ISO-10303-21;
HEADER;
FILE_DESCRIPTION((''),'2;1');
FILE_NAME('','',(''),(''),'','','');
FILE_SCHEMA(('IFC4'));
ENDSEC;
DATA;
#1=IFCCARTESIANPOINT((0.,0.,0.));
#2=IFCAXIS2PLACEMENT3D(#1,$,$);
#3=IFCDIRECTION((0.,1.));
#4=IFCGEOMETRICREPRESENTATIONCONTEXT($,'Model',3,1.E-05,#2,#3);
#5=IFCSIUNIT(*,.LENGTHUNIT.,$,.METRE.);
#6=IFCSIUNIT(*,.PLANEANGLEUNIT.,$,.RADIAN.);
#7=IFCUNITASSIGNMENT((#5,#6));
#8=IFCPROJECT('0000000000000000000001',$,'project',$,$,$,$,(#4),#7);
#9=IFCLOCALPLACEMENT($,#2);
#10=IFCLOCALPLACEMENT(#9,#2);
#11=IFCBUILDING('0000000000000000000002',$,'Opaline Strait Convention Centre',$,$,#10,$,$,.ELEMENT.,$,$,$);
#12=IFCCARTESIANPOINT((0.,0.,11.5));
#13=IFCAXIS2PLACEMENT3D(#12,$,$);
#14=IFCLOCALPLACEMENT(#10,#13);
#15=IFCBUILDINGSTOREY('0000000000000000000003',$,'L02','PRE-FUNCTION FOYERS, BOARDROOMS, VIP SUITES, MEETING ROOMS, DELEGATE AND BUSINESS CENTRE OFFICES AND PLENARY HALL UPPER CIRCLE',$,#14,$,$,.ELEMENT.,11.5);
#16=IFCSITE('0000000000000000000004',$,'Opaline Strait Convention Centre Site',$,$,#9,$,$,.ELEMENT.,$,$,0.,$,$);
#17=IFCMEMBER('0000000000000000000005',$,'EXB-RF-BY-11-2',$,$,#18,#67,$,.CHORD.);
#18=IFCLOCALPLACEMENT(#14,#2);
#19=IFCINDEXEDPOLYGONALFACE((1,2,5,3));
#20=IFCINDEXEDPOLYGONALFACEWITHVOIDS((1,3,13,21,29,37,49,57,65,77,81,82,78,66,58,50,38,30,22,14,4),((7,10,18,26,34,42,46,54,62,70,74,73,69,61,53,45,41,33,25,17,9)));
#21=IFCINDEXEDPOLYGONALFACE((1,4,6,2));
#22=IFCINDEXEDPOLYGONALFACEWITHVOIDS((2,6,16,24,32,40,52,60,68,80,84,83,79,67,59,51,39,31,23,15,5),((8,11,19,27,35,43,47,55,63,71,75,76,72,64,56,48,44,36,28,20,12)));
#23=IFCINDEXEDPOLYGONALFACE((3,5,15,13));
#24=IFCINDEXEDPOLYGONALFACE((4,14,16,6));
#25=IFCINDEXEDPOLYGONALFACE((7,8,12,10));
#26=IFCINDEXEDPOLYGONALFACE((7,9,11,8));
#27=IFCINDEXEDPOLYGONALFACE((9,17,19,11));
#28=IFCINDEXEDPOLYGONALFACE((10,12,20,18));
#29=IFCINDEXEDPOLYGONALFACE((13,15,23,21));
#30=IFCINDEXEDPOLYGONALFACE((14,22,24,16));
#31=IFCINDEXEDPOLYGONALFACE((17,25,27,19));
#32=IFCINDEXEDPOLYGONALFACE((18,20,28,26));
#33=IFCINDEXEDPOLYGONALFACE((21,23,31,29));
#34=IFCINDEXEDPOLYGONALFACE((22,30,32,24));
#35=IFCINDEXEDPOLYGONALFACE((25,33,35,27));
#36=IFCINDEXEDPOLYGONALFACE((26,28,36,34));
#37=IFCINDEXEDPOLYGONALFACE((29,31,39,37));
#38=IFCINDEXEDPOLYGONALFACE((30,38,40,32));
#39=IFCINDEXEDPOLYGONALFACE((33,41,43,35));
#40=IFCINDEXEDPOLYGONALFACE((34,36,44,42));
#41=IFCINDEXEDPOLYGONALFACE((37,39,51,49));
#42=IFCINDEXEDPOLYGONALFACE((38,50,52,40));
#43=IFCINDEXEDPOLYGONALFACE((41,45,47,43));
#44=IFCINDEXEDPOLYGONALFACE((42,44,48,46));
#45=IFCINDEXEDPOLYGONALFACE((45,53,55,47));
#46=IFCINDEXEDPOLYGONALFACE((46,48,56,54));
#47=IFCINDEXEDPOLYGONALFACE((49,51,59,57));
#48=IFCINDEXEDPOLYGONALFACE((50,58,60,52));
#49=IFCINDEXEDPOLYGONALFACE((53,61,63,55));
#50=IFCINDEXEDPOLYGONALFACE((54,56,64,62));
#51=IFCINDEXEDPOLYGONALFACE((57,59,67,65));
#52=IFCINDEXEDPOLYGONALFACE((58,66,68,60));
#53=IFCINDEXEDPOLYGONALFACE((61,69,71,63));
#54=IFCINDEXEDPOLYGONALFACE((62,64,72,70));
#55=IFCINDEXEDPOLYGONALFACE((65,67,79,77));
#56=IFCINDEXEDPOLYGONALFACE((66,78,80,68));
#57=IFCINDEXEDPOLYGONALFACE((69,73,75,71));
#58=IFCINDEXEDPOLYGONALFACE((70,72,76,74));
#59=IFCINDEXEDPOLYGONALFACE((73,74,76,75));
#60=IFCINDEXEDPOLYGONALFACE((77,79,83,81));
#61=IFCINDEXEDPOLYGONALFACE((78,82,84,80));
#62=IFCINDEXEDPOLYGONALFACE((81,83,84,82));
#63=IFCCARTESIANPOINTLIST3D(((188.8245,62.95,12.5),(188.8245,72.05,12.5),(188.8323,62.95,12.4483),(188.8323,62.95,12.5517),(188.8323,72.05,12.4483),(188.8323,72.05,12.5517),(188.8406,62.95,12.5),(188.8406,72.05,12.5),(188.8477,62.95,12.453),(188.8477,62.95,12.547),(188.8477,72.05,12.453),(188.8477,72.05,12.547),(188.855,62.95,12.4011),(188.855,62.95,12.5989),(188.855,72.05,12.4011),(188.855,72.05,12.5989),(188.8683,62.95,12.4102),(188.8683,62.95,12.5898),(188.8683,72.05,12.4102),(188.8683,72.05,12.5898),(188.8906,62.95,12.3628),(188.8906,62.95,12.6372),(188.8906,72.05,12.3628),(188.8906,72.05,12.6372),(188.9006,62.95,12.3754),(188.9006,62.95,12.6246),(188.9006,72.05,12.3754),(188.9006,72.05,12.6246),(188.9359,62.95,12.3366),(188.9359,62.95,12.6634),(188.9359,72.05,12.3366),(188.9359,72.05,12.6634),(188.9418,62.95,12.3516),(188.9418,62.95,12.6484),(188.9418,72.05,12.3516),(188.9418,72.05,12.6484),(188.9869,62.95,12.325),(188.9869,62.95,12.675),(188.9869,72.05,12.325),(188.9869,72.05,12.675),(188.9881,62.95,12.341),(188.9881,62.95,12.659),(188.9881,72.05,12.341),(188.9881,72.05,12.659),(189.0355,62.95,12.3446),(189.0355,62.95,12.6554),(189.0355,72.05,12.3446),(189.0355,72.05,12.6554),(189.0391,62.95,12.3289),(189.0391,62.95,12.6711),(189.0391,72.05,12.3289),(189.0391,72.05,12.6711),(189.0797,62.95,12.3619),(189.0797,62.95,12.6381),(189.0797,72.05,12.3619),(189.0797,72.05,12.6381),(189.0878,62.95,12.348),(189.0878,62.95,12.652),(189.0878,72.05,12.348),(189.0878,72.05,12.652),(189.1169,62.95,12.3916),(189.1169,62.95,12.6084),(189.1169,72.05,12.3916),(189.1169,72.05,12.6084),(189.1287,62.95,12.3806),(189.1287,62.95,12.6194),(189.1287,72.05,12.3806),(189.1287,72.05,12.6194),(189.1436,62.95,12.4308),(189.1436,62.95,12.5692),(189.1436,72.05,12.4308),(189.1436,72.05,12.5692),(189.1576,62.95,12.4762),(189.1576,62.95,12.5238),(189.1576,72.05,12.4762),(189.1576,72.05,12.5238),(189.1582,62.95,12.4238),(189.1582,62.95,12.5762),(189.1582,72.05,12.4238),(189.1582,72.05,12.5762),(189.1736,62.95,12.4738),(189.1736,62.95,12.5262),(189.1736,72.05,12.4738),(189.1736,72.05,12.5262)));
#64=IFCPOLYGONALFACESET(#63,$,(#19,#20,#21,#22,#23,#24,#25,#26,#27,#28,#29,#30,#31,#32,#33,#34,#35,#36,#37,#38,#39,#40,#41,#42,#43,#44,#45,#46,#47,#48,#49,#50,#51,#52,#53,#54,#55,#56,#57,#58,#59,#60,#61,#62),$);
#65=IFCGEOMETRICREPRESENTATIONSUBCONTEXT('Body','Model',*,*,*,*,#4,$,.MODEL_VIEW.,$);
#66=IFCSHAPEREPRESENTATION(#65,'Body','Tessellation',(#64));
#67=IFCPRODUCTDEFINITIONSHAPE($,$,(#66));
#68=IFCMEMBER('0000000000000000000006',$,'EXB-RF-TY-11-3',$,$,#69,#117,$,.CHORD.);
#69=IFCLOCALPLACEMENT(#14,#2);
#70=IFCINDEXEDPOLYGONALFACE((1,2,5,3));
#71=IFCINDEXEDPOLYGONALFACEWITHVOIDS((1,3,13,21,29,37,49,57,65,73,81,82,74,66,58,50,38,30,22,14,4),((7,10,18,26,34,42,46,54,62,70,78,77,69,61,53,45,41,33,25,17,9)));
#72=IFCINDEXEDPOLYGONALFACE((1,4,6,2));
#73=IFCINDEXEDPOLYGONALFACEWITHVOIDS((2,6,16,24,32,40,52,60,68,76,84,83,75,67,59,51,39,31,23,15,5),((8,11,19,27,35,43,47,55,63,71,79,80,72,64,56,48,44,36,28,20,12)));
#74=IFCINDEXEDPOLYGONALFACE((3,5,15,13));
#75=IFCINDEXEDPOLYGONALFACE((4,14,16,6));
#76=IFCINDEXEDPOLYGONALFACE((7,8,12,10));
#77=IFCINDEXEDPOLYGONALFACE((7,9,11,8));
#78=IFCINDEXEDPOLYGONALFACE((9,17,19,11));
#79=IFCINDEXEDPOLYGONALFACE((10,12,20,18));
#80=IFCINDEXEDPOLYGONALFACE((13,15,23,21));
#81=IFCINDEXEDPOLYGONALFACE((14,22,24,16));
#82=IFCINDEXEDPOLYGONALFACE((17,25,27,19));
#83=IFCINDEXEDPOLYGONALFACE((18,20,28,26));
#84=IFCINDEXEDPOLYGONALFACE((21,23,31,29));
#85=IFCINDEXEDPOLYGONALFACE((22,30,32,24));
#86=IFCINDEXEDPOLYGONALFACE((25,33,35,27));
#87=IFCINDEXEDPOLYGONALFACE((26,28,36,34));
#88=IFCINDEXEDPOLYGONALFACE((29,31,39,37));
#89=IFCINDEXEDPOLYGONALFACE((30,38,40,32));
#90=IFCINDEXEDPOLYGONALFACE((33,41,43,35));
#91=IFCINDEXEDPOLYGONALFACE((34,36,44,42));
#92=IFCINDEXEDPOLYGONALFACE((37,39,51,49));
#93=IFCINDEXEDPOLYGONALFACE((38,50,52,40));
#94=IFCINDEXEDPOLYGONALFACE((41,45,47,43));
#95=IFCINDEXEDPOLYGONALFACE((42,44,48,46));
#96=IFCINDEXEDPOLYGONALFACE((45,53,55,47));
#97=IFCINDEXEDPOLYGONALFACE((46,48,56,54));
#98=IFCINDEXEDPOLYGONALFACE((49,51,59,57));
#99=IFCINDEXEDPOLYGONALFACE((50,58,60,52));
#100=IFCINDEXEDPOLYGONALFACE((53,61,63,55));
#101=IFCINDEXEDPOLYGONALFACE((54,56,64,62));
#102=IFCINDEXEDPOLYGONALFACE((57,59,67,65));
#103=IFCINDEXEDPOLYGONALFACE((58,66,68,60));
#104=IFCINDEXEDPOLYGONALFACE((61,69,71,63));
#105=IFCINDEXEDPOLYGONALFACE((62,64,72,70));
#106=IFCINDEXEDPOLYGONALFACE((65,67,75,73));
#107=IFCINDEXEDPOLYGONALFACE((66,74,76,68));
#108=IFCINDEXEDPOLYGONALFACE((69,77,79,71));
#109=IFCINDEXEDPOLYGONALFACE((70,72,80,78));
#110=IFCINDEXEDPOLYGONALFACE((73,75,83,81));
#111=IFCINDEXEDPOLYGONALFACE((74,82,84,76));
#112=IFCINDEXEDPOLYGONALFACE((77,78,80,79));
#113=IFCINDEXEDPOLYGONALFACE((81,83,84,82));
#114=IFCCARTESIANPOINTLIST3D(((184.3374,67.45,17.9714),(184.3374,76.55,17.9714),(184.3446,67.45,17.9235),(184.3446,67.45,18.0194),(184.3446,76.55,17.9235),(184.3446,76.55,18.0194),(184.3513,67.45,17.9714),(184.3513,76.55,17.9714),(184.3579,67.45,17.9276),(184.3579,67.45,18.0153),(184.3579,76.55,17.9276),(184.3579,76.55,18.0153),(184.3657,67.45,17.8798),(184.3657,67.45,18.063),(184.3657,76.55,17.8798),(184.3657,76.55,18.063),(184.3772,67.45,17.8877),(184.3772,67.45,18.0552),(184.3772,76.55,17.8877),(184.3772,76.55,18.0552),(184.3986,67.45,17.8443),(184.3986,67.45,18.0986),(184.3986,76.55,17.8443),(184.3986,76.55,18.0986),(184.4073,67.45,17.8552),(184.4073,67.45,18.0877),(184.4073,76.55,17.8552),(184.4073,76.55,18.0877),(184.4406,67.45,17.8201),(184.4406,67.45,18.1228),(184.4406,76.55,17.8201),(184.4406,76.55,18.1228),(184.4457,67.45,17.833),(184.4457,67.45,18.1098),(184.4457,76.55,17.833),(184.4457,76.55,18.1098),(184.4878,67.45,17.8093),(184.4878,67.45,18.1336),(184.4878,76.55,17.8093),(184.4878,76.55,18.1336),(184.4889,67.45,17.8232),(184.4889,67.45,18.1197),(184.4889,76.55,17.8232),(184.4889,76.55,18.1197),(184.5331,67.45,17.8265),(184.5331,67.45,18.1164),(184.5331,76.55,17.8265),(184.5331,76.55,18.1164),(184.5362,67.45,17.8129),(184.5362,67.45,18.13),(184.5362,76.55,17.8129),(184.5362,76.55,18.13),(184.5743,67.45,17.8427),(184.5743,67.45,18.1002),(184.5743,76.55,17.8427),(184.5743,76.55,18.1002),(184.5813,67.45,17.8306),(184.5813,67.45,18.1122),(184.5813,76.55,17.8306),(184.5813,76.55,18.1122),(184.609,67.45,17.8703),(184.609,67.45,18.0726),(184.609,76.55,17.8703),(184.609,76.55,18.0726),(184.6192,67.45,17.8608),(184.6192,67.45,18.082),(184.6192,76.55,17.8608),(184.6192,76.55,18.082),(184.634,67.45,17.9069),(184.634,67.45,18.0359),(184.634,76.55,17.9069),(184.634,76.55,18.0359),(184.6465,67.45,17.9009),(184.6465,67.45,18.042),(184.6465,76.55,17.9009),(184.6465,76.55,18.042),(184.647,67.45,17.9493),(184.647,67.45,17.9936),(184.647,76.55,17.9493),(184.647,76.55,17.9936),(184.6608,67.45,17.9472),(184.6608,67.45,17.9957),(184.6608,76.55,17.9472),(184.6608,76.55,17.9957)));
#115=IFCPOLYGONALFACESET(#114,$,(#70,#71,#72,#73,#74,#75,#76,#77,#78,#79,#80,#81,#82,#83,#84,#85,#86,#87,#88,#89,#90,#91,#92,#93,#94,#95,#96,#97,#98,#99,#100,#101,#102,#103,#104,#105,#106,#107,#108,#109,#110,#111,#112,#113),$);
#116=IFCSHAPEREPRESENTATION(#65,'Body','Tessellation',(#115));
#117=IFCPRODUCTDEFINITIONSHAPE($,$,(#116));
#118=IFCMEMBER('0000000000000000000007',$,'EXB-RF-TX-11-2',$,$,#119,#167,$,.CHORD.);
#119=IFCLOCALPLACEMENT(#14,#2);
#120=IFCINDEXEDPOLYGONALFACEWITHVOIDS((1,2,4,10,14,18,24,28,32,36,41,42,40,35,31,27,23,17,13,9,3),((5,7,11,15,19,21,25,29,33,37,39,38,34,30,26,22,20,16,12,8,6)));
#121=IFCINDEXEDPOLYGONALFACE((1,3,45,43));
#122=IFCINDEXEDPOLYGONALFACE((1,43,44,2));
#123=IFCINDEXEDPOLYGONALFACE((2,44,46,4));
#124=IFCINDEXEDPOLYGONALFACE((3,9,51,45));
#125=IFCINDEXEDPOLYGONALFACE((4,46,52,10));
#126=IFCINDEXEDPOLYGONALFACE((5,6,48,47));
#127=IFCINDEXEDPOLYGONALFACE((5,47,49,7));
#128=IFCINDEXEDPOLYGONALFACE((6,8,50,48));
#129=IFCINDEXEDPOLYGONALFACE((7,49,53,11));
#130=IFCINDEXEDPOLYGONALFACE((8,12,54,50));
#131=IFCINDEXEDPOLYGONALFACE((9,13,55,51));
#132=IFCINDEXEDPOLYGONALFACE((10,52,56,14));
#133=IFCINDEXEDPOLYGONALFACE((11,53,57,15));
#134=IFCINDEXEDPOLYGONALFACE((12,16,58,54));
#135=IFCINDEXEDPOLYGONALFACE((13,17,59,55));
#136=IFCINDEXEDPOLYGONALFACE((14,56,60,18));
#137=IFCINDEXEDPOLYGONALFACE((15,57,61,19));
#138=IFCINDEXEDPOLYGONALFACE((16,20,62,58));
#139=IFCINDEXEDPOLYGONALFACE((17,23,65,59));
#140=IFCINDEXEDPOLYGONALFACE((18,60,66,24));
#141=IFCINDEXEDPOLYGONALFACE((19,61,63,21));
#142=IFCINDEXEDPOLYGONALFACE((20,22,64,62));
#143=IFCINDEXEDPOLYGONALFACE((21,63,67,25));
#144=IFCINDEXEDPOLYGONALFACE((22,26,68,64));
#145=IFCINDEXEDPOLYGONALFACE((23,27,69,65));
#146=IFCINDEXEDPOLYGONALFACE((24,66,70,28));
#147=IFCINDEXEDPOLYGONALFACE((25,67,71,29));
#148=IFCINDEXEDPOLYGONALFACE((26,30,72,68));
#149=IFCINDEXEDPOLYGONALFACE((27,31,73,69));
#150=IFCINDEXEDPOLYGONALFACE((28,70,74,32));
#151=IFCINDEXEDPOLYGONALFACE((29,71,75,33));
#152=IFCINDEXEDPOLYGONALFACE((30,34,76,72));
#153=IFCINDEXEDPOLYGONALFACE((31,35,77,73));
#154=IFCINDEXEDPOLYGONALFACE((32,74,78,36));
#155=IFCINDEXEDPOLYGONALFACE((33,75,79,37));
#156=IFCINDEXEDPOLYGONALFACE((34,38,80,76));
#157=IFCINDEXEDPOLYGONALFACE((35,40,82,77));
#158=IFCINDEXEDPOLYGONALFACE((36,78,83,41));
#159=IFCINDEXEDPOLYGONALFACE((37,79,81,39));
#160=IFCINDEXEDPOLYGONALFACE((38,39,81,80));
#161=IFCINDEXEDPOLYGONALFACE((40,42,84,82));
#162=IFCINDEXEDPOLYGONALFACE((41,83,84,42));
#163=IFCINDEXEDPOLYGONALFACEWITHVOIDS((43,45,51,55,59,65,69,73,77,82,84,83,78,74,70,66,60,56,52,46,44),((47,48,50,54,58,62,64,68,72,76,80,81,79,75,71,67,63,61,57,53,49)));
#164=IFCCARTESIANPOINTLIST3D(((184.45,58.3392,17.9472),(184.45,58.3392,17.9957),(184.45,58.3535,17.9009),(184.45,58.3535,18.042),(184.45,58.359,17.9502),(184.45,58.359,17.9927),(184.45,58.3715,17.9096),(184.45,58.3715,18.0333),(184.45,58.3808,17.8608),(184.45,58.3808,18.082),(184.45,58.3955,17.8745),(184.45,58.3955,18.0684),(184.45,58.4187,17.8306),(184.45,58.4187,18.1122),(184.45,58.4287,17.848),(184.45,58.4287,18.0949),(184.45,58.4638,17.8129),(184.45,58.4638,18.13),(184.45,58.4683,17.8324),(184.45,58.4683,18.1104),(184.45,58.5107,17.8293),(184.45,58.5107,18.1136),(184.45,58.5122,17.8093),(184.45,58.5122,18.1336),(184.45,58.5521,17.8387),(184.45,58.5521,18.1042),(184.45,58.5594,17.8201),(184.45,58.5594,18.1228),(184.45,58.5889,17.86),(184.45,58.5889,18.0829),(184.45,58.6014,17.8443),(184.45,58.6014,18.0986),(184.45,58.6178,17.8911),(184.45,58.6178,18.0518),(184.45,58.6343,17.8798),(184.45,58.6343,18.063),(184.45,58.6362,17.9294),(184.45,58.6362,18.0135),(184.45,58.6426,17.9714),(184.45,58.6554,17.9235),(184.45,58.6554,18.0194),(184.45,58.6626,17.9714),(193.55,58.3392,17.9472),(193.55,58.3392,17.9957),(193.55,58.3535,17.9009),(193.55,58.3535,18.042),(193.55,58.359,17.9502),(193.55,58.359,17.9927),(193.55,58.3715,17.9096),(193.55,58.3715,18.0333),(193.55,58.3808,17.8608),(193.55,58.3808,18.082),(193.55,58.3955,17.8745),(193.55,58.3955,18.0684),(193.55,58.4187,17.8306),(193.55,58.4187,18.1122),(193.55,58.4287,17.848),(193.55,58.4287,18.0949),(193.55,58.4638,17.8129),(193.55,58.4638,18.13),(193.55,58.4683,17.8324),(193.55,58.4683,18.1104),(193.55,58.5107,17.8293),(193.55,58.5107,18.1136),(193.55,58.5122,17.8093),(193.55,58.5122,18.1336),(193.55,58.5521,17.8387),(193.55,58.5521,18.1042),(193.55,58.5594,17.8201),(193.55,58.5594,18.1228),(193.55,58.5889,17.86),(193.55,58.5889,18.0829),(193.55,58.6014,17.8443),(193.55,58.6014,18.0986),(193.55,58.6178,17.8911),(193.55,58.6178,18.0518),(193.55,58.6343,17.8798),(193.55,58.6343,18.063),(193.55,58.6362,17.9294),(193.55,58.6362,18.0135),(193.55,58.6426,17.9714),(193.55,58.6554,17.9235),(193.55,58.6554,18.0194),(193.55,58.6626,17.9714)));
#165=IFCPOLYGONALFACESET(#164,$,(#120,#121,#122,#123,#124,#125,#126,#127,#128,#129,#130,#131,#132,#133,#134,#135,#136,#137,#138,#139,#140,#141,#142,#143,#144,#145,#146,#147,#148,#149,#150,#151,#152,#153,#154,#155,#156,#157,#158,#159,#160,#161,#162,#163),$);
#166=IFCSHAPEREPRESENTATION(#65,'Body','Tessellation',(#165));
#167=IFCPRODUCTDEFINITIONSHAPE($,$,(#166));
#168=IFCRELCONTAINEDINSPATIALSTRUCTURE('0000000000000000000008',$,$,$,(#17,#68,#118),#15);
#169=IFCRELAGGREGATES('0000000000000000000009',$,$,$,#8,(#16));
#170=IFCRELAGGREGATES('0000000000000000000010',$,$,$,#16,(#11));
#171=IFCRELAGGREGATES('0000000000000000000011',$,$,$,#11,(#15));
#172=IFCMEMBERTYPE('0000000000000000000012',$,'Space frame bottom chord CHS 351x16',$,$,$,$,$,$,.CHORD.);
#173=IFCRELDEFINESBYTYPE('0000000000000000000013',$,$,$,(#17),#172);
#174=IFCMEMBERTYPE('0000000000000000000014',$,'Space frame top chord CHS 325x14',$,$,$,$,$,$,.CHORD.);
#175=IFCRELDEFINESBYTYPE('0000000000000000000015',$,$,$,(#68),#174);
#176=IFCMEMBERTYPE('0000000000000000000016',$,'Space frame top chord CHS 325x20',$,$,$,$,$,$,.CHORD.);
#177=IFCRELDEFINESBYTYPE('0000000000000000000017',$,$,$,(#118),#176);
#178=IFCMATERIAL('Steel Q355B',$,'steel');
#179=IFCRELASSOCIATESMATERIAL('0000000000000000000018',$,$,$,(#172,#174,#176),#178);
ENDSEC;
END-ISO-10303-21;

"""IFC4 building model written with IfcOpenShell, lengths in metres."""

from ifc_helpers import new_model, si_unit, direction, frame, origin, origin_2d, place, context, subcontext, project, spatial, hollow_circle, extrude, material, material_profile, profile_set, type_object, element, save


model = new_model("IFC4")

# Units and contexts
model_context = context("Model", 3, precision=1e-05, world=origin(), true_north=direction((0.0, 1.0)))
body_context = subcontext(model_context, "Body", "Model", "MODEL_VIEW")
ifc_project = project(units=[si_unit("LENGTHUNIT", "METRE"), si_unit("PLANEANGLEUNIT", "RADIAN")], contexts=[model_context])

# Site, building, storey
site_placement = place(None, origin())
site = spatial("IfcSite", under=ifc_project, at=site_placement, Name="Opaline Strait Convention Centre Site", CompositionType="ELEMENT", RefElevation=0.0)
building_placement = place(site_placement, origin())
building = spatial("IfcBuilding", under=site, at=building_placement, Name="Opaline Strait Convention Centre", CompositionType="ELEMENT")
storey_placement = place(building_placement, frame((0.0, 0.0, 11.5)))
storey = spatial("IfcBuildingStorey", under=building, at=storey_placement, Name="L02", Description="PRE-FUNCTION FOYERS, BOARDROOMS, VIP SUITES, MEETING ROOMS, DELEGATE AND BUSINESS CENTRE OFFICES AND PLENARY HALL UPPER CIRCLE", CompositionType="ELEMENT", Elevation=11.5)

# Members
ifc_material = material(Name="Steel Q355B", Category="steel")
ifc_material_profile_1 = material_profile(ifc_material, hollow_circle(Radius=0.1755, WallThickness=0.0161, at=origin_2d()), Name="CHS 351x16")
ifc_profile_set_1 = profile_set([ifc_material_profile_1], Name="Steel Q355B")
member_type_1 = type_object("IfcMemberType", Name="Space frame bottom chord CHS 351x16", PredefinedType="CHORD", material=ifc_profile_set_1)
for number, where, z_axis, x_axis, name in (
    (1, (189.0, 62.95, 12.5), (0.0, 1.0, 0.0), (-1.0, 0.0, 0.0), "EXB-RF-BY-11-2"),
):
    element("IfcMember", number, at=place(storey_placement, frame(where, z_axis=z_axis, x_axis=x_axis)), inside=storey, type_object=member_type_1, Name=name, PredefinedType="CHORD", context=body_context, shape_type="SweptSolid", body=[
        extrude(hollow_circle(Radius=0.1755, WallThickness=0.0161, at=origin_2d()), origin(), (0.0, 0.0, 1.0), 9.1001),
    ])
ifc_material_profile_2 = material_profile(ifc_material, hollow_circle(Radius=0.1626, WallThickness=0.0139, at=origin_2d()), Name="CHS 325x14")
ifc_profile_set_2 = profile_set([ifc_material_profile_2], Name="Steel Q355B")
member_type_2 = type_object("IfcMemberType", Name="Space frame top chord CHS 325x14", PredefinedType="CHORD", material=ifc_profile_set_2)
member_1_placement = place(storey_placement, frame((184.5, 67.45, 17.9714), z_axis=(0.0, 1.0, 0.0), x_axis=(-1.0, 0.0, 0.0)))
element("IfcMember", 2, at=member_1_placement, inside=storey, type_object=member_type_2, Name="EXB-RF-TY-11-3", PredefinedType="CHORD", context=body_context, shape_type="SweptSolid", body=[
    extrude(hollow_circle(Radius=0.1626, WallThickness=0.0139, at=origin_2d()), origin(), (0.0, 0.0, 1.0), 9.1001),
])
ifc_material_profile_3 = material_profile(ifc_material, hollow_circle(Radius=0.1626, WallThickness=0.02, at=origin_2d()), Name="CHS 325x20")
ifc_profile_set_3 = profile_set([ifc_material_profile_3], Name="Steel Q355B")
member_type_3 = type_object("IfcMemberType", Name="Space frame top chord CHS 325x20", PredefinedType="CHORD", material=ifc_profile_set_3)
for number, where, z_axis, x_axis, name in (
    (3, (184.45, 58.5, 17.9714), (1.0, 0.0, 0.0), (0.0, 1.0, 0.0), "EXB-RF-TX-11-2"),
):
    element("IfcMember", number, at=place(storey_placement, frame(where, z_axis=z_axis, x_axis=x_axis)), inside=storey, type_object=member_type_3, Name=name, PredefinedType="CHORD", context=body_context, shape_type="SweptSolid", body=[
        extrude(hollow_circle(Radius=0.1626, WallThickness=0.02, at=origin_2d()), origin(), (0.0, 0.0, 1.0), 9.1001),
    ])

save(model, "model.ifc")
